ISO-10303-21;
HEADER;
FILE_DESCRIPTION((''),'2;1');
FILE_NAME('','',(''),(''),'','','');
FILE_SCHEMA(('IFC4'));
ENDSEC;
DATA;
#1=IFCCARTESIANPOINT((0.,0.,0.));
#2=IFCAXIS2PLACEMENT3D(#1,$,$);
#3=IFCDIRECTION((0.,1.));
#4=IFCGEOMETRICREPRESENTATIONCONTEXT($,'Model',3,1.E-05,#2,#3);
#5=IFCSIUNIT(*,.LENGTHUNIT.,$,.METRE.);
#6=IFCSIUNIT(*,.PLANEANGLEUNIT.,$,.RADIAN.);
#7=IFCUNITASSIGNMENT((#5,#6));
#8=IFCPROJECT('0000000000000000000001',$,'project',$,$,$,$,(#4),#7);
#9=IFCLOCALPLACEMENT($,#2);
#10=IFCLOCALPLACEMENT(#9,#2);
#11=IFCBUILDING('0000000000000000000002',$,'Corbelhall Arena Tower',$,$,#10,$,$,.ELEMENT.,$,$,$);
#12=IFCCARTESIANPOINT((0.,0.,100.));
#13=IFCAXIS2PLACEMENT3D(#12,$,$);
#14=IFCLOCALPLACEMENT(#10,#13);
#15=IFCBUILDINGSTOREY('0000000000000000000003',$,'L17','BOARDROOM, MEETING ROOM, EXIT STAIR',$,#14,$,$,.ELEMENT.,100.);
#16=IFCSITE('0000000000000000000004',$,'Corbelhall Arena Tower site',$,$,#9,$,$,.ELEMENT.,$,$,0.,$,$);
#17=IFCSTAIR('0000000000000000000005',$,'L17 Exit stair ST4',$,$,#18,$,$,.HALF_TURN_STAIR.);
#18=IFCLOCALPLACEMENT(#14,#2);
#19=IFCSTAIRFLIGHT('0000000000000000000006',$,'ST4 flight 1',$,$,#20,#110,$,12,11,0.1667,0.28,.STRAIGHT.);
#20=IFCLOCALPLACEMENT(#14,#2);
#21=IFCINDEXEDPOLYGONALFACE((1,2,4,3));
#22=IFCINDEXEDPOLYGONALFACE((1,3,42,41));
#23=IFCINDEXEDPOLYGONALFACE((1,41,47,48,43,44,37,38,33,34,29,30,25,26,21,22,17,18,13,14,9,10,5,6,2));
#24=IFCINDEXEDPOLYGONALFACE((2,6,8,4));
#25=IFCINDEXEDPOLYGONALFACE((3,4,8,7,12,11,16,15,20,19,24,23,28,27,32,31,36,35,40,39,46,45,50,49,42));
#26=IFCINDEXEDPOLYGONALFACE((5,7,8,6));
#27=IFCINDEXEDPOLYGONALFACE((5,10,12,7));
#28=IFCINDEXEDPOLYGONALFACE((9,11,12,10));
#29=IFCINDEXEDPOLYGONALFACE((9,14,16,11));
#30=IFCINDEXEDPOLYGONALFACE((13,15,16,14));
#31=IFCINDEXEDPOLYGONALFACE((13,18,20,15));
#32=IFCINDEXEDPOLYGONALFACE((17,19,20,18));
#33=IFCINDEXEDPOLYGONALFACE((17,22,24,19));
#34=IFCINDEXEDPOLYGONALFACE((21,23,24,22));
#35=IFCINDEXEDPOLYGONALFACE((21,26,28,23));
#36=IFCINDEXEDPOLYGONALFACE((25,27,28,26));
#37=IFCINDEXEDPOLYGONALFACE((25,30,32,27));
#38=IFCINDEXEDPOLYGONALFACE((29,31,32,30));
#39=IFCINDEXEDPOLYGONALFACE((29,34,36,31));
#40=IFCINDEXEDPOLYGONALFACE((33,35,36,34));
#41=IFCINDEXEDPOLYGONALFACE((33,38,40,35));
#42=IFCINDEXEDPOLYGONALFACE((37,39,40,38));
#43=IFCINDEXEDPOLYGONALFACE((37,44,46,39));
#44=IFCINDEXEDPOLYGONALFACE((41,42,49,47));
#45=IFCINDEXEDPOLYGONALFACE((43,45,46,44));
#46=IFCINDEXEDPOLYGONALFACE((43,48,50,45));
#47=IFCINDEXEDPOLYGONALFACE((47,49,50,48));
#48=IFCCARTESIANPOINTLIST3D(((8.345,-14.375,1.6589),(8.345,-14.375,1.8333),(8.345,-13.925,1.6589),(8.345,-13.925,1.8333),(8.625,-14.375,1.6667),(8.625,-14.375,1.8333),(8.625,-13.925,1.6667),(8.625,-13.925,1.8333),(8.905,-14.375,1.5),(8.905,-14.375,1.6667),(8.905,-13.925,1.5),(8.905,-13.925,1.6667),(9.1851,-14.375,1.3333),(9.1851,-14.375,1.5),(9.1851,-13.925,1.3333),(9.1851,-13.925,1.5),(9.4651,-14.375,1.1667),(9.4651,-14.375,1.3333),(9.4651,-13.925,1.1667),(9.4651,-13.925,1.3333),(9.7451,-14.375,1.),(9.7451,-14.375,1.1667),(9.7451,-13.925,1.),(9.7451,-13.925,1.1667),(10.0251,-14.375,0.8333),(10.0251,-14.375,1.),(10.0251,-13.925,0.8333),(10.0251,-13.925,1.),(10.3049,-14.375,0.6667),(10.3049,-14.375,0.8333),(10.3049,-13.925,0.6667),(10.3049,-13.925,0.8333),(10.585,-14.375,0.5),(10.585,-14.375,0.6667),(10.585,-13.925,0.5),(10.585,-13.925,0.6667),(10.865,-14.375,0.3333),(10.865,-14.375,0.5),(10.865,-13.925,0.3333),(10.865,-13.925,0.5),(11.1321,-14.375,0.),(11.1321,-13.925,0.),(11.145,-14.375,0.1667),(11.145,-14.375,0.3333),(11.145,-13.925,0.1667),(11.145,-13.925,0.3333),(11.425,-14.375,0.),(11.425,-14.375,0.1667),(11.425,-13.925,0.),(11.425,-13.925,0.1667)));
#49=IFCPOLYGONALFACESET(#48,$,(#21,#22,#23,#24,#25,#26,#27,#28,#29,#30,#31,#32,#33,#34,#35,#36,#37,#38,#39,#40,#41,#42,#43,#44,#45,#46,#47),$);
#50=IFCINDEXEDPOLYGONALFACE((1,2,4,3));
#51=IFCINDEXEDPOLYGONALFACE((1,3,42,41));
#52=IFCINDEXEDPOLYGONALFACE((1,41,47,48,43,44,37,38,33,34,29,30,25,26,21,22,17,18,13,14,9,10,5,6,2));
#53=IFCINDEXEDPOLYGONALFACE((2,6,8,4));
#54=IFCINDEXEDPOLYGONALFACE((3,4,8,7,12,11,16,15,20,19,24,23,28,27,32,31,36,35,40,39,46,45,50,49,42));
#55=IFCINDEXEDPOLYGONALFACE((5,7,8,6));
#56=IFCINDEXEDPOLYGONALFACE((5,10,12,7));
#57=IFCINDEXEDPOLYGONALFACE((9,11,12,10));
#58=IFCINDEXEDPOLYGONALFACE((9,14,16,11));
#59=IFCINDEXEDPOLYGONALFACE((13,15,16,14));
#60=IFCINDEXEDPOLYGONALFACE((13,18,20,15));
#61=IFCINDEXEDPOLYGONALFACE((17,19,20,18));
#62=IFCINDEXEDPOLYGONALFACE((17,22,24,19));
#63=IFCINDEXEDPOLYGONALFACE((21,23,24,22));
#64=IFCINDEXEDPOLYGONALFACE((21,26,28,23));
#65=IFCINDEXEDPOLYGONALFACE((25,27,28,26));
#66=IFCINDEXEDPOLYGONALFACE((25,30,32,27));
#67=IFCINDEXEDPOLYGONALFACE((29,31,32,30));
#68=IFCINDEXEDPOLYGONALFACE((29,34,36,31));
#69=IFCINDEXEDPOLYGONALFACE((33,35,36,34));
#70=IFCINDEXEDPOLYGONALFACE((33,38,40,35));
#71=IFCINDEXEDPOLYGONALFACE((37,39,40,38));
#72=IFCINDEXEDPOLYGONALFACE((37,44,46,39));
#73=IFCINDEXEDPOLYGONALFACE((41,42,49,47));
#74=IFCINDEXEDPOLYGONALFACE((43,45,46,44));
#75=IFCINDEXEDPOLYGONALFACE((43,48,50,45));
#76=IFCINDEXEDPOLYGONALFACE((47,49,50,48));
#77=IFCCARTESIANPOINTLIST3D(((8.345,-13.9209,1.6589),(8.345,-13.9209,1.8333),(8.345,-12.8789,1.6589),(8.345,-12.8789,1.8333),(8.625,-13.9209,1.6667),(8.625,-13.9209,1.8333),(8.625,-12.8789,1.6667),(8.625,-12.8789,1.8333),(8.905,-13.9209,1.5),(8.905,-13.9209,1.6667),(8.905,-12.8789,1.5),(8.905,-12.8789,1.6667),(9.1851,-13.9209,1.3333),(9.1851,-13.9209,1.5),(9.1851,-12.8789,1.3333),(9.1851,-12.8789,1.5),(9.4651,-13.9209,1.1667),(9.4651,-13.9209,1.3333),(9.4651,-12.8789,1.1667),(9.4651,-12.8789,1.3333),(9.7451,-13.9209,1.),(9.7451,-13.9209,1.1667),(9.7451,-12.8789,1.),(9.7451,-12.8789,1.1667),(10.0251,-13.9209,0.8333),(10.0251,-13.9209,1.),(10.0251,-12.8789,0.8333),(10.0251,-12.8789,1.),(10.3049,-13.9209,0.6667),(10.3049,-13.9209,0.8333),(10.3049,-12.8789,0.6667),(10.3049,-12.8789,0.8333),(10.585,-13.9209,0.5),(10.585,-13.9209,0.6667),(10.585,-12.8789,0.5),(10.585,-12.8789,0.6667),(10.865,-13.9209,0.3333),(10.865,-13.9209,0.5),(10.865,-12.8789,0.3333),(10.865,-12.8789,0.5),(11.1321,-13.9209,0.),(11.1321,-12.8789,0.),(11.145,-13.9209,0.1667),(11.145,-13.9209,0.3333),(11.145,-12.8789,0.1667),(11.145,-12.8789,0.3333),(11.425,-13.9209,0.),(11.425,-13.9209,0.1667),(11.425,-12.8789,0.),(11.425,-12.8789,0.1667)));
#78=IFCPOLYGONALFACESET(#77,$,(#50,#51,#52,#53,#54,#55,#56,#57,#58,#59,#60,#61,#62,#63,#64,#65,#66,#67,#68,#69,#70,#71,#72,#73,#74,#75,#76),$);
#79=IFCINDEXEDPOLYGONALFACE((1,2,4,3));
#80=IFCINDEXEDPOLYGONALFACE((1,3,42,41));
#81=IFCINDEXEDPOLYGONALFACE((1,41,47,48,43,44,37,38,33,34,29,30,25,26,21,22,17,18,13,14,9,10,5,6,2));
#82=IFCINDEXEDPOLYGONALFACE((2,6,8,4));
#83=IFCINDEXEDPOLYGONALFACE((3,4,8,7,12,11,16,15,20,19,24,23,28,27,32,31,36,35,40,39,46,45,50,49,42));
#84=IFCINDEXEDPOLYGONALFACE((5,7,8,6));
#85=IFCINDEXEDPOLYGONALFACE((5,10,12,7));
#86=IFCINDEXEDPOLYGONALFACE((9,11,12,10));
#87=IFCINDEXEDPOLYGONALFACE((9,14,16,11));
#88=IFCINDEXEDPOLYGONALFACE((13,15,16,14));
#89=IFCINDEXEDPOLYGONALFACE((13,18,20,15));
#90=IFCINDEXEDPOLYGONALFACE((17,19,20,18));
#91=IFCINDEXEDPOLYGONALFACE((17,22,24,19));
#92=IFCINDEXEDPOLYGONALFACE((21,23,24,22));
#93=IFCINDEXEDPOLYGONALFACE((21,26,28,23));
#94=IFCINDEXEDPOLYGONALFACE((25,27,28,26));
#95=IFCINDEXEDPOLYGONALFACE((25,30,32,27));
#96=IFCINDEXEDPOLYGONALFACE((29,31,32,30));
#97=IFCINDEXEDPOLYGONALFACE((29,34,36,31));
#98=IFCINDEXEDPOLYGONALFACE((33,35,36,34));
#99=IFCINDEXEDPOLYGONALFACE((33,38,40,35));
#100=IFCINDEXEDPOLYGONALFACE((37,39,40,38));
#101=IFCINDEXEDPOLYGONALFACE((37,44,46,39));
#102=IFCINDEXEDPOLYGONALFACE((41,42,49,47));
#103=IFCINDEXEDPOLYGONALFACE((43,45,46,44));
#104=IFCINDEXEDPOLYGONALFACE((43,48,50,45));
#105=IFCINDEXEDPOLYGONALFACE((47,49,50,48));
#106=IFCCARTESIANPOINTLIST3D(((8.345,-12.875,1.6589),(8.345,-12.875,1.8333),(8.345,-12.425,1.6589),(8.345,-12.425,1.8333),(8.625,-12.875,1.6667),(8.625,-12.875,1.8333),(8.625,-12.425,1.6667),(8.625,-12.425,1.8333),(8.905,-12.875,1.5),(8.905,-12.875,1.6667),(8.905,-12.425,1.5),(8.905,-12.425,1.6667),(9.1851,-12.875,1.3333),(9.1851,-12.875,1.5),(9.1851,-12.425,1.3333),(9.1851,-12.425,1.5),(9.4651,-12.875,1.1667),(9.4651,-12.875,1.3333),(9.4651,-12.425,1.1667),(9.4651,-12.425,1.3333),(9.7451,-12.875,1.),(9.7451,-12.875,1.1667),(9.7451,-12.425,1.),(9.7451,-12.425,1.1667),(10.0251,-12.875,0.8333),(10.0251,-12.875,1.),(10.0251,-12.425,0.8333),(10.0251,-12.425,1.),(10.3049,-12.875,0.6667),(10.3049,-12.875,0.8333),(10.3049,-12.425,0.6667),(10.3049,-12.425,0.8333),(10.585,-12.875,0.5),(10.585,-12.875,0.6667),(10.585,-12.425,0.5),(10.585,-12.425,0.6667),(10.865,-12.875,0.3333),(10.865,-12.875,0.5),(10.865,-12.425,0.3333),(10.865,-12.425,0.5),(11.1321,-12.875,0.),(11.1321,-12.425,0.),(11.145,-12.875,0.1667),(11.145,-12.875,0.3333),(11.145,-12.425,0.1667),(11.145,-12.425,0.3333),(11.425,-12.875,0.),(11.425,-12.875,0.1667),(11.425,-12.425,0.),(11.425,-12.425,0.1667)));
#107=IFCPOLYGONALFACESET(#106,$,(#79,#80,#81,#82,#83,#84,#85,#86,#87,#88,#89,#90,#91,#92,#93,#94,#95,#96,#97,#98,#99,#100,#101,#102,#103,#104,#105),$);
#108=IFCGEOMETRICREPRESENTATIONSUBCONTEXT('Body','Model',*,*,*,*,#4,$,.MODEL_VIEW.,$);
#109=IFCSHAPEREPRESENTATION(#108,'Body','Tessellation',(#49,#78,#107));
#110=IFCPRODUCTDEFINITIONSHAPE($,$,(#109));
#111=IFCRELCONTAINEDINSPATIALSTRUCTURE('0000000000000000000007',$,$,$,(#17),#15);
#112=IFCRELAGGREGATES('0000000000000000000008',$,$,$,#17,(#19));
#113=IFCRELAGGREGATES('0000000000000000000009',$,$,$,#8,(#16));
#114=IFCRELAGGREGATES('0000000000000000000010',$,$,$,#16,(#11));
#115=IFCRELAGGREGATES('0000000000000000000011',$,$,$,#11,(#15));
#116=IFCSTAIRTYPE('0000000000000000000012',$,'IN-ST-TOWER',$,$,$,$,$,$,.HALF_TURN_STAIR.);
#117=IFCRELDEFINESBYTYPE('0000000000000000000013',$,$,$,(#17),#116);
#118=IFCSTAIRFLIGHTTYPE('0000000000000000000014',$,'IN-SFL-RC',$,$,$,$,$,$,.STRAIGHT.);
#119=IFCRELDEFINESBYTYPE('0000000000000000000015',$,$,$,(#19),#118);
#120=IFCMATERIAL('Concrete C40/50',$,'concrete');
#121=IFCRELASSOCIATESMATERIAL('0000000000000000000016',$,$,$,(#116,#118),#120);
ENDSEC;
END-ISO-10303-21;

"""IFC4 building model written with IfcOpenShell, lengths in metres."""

from ifc_helpers import new_model, si_unit, direction, frame, origin, place, context, subcontext, project, spatial, polyline, outline, extrude, material, type_object, element, aggregate, save


model = new_model("IFC4")

# Units and contexts
model_context = context("Model", 3, precision=1e-05, world=origin(), true_north=direction((0.0, 1.0)))
body_context = subcontext(model_context, "Body", "Model", "MODEL_VIEW")
ifc_project = project(units=[si_unit("LENGTHUNIT", "METRE"), si_unit("PLANEANGLEUNIT", "RADIAN")], contexts=[model_context])

# Site, building, storey
site_placement = place(None, origin())
site = spatial("IfcSite", under=ifc_project, at=site_placement, Name="Corbelhall Arena Tower site", CompositionType="ELEMENT", RefElevation=0.0)
building_placement = place(site_placement, origin())
building = spatial("IfcBuilding", under=site, at=building_placement, Name="Corbelhall Arena Tower", CompositionType="ELEMENT")
storey_placement = place(building_placement, frame((0.0, 0.0, 100.0)))
storey = spatial("IfcBuildingStorey", under=building, at=storey_placement, Name="L17", Description="BOARDROOM, MEETING ROOM, EXIT STAIR", CompositionType="ELEMENT", Elevation=100.0)

# Shared definitions
ifc_material_1 = material(Name="Concrete C40/50", Category="concrete")

# Stair, stair flight
stair_type = type_object("IfcStairType", Name="IN-ST-TOWER", PredefinedType="HALF_TURN_STAIR", material=ifc_material_1)
stair_placement = place(storey_placement, origin())
stair = element("IfcStair", 1, at=stair_placement, inside=storey, type_object=stair_type, Name="L17 Exit stair ST4", PredefinedType="HALF_TURN_STAIR")
stair_flight_type = type_object("IfcStairFlightType", Name="IN-SFL-RC", PredefinedType="STRAIGHT", material=ifc_material_1)
stair_flight_placement = place(storey_placement, frame((11.425, -13.3999, 0.0), z_axis=(0.0, 0.0, 1.0), x_axis=(-1.0, 0.0, 0.0)))
stair_flight = element("IfcStairFlight", 2, at=stair_flight_placement, type_object=stair_flight_type, Name="ST4 flight 1", NumberOfRisers=12, NumberOfTreads=11, PredefinedType="STRAIGHT", RiserHeight=0.1667, TreadLength=0.28, context=body_context, shape_type="SweptSolid", body=[
    extrude(outline(polyline([(0.0, 0.0), (0.0, 0.1667), (0.28, 0.1667), (0.28, 0.3333), (0.5601, 0.3333), (0.5601, 0.5), (0.8401, 0.5), (0.8401, 0.6667), (1.1201, 0.6667), (1.1201, 0.8333), (1.3999, 0.8333), (1.3999, 1.0), (1.6799, 1.0), (1.6799, 1.1667), (1.96, 1.1667), (1.96, 1.3333), (2.24, 1.3333), (2.24, 1.5), (2.52, 1.5), (2.52, 1.6667), (2.8, 1.6667), (2.8, 1.8333), (3.0801, 1.8333), (3.0801, 2.0), (3.0801, 1.6589), (0.293, 0.0), (0.0, 0.0)])), frame((0.0, 0.9751, 0.0), z_axis=(0.0, -1.0, 0.0), x_axis=(1.0, 0.0, 0.0)), (0.0, 0.0, 1.0), 0.45),
    extrude(outline(polyline([(0.0, 0.0), (0.0, 0.1667), (0.28, 0.1667), (0.28, 0.3333), (0.5601, 0.3333), (0.5601, 0.5), (0.8401, 0.5), (0.8401, 0.6667), (1.1201, 0.6667), (1.1201, 0.8333), (1.3999, 0.8333), (1.3999, 1.0), (1.6799, 1.0), (1.6799, 1.1667), (1.96, 1.1667), (1.96, 1.3333), (2.24, 1.3333), (2.24, 1.5), (2.52, 1.5), (2.52, 1.6667), (2.8, 1.6667), (2.8, 1.8333), (3.0801, 1.8333), (3.0801, 2.0), (3.0801, 1.6589), (0.293, 0.0), (0.0, 0.0)])), frame((0.0, 0.521, 0.0), z_axis=(0.0, -1.0, 0.0), x_axis=(1.0, 0.0, 0.0)), (0.0, 0.0, 1.0), 1.042),
    extrude(outline(polyline([(0.0, 0.0), (0.0, 0.1667), (0.28, 0.1667), (0.28, 0.3333), (0.5601, 0.3333), (0.5601, 0.5), (0.8401, 0.5), (0.8401, 0.6667), (1.1201, 0.6667), (1.1201, 0.8333), (1.3999, 0.8333), (1.3999, 1.0), (1.6799, 1.0), (1.6799, 1.1667), (1.96, 1.1667), (1.96, 1.3333), (2.24, 1.3333), (2.24, 1.5), (2.52, 1.5), (2.52, 1.6667), (2.8, 1.6667), (2.8, 1.8333), (3.0801, 1.8333), (3.0801, 2.0), (3.0801, 1.6589), (0.293, 0.0), (0.0, 0.0)])), frame((0.0, -0.5249, 0.0), z_axis=(0.0, -1.0, 0.0), x_axis=(1.0, 0.0, 0.0)), (0.0, 0.0, 1.0), 0.45),
])
aggregate(stair, [stair_flight])

save(model, "model.ifc")
